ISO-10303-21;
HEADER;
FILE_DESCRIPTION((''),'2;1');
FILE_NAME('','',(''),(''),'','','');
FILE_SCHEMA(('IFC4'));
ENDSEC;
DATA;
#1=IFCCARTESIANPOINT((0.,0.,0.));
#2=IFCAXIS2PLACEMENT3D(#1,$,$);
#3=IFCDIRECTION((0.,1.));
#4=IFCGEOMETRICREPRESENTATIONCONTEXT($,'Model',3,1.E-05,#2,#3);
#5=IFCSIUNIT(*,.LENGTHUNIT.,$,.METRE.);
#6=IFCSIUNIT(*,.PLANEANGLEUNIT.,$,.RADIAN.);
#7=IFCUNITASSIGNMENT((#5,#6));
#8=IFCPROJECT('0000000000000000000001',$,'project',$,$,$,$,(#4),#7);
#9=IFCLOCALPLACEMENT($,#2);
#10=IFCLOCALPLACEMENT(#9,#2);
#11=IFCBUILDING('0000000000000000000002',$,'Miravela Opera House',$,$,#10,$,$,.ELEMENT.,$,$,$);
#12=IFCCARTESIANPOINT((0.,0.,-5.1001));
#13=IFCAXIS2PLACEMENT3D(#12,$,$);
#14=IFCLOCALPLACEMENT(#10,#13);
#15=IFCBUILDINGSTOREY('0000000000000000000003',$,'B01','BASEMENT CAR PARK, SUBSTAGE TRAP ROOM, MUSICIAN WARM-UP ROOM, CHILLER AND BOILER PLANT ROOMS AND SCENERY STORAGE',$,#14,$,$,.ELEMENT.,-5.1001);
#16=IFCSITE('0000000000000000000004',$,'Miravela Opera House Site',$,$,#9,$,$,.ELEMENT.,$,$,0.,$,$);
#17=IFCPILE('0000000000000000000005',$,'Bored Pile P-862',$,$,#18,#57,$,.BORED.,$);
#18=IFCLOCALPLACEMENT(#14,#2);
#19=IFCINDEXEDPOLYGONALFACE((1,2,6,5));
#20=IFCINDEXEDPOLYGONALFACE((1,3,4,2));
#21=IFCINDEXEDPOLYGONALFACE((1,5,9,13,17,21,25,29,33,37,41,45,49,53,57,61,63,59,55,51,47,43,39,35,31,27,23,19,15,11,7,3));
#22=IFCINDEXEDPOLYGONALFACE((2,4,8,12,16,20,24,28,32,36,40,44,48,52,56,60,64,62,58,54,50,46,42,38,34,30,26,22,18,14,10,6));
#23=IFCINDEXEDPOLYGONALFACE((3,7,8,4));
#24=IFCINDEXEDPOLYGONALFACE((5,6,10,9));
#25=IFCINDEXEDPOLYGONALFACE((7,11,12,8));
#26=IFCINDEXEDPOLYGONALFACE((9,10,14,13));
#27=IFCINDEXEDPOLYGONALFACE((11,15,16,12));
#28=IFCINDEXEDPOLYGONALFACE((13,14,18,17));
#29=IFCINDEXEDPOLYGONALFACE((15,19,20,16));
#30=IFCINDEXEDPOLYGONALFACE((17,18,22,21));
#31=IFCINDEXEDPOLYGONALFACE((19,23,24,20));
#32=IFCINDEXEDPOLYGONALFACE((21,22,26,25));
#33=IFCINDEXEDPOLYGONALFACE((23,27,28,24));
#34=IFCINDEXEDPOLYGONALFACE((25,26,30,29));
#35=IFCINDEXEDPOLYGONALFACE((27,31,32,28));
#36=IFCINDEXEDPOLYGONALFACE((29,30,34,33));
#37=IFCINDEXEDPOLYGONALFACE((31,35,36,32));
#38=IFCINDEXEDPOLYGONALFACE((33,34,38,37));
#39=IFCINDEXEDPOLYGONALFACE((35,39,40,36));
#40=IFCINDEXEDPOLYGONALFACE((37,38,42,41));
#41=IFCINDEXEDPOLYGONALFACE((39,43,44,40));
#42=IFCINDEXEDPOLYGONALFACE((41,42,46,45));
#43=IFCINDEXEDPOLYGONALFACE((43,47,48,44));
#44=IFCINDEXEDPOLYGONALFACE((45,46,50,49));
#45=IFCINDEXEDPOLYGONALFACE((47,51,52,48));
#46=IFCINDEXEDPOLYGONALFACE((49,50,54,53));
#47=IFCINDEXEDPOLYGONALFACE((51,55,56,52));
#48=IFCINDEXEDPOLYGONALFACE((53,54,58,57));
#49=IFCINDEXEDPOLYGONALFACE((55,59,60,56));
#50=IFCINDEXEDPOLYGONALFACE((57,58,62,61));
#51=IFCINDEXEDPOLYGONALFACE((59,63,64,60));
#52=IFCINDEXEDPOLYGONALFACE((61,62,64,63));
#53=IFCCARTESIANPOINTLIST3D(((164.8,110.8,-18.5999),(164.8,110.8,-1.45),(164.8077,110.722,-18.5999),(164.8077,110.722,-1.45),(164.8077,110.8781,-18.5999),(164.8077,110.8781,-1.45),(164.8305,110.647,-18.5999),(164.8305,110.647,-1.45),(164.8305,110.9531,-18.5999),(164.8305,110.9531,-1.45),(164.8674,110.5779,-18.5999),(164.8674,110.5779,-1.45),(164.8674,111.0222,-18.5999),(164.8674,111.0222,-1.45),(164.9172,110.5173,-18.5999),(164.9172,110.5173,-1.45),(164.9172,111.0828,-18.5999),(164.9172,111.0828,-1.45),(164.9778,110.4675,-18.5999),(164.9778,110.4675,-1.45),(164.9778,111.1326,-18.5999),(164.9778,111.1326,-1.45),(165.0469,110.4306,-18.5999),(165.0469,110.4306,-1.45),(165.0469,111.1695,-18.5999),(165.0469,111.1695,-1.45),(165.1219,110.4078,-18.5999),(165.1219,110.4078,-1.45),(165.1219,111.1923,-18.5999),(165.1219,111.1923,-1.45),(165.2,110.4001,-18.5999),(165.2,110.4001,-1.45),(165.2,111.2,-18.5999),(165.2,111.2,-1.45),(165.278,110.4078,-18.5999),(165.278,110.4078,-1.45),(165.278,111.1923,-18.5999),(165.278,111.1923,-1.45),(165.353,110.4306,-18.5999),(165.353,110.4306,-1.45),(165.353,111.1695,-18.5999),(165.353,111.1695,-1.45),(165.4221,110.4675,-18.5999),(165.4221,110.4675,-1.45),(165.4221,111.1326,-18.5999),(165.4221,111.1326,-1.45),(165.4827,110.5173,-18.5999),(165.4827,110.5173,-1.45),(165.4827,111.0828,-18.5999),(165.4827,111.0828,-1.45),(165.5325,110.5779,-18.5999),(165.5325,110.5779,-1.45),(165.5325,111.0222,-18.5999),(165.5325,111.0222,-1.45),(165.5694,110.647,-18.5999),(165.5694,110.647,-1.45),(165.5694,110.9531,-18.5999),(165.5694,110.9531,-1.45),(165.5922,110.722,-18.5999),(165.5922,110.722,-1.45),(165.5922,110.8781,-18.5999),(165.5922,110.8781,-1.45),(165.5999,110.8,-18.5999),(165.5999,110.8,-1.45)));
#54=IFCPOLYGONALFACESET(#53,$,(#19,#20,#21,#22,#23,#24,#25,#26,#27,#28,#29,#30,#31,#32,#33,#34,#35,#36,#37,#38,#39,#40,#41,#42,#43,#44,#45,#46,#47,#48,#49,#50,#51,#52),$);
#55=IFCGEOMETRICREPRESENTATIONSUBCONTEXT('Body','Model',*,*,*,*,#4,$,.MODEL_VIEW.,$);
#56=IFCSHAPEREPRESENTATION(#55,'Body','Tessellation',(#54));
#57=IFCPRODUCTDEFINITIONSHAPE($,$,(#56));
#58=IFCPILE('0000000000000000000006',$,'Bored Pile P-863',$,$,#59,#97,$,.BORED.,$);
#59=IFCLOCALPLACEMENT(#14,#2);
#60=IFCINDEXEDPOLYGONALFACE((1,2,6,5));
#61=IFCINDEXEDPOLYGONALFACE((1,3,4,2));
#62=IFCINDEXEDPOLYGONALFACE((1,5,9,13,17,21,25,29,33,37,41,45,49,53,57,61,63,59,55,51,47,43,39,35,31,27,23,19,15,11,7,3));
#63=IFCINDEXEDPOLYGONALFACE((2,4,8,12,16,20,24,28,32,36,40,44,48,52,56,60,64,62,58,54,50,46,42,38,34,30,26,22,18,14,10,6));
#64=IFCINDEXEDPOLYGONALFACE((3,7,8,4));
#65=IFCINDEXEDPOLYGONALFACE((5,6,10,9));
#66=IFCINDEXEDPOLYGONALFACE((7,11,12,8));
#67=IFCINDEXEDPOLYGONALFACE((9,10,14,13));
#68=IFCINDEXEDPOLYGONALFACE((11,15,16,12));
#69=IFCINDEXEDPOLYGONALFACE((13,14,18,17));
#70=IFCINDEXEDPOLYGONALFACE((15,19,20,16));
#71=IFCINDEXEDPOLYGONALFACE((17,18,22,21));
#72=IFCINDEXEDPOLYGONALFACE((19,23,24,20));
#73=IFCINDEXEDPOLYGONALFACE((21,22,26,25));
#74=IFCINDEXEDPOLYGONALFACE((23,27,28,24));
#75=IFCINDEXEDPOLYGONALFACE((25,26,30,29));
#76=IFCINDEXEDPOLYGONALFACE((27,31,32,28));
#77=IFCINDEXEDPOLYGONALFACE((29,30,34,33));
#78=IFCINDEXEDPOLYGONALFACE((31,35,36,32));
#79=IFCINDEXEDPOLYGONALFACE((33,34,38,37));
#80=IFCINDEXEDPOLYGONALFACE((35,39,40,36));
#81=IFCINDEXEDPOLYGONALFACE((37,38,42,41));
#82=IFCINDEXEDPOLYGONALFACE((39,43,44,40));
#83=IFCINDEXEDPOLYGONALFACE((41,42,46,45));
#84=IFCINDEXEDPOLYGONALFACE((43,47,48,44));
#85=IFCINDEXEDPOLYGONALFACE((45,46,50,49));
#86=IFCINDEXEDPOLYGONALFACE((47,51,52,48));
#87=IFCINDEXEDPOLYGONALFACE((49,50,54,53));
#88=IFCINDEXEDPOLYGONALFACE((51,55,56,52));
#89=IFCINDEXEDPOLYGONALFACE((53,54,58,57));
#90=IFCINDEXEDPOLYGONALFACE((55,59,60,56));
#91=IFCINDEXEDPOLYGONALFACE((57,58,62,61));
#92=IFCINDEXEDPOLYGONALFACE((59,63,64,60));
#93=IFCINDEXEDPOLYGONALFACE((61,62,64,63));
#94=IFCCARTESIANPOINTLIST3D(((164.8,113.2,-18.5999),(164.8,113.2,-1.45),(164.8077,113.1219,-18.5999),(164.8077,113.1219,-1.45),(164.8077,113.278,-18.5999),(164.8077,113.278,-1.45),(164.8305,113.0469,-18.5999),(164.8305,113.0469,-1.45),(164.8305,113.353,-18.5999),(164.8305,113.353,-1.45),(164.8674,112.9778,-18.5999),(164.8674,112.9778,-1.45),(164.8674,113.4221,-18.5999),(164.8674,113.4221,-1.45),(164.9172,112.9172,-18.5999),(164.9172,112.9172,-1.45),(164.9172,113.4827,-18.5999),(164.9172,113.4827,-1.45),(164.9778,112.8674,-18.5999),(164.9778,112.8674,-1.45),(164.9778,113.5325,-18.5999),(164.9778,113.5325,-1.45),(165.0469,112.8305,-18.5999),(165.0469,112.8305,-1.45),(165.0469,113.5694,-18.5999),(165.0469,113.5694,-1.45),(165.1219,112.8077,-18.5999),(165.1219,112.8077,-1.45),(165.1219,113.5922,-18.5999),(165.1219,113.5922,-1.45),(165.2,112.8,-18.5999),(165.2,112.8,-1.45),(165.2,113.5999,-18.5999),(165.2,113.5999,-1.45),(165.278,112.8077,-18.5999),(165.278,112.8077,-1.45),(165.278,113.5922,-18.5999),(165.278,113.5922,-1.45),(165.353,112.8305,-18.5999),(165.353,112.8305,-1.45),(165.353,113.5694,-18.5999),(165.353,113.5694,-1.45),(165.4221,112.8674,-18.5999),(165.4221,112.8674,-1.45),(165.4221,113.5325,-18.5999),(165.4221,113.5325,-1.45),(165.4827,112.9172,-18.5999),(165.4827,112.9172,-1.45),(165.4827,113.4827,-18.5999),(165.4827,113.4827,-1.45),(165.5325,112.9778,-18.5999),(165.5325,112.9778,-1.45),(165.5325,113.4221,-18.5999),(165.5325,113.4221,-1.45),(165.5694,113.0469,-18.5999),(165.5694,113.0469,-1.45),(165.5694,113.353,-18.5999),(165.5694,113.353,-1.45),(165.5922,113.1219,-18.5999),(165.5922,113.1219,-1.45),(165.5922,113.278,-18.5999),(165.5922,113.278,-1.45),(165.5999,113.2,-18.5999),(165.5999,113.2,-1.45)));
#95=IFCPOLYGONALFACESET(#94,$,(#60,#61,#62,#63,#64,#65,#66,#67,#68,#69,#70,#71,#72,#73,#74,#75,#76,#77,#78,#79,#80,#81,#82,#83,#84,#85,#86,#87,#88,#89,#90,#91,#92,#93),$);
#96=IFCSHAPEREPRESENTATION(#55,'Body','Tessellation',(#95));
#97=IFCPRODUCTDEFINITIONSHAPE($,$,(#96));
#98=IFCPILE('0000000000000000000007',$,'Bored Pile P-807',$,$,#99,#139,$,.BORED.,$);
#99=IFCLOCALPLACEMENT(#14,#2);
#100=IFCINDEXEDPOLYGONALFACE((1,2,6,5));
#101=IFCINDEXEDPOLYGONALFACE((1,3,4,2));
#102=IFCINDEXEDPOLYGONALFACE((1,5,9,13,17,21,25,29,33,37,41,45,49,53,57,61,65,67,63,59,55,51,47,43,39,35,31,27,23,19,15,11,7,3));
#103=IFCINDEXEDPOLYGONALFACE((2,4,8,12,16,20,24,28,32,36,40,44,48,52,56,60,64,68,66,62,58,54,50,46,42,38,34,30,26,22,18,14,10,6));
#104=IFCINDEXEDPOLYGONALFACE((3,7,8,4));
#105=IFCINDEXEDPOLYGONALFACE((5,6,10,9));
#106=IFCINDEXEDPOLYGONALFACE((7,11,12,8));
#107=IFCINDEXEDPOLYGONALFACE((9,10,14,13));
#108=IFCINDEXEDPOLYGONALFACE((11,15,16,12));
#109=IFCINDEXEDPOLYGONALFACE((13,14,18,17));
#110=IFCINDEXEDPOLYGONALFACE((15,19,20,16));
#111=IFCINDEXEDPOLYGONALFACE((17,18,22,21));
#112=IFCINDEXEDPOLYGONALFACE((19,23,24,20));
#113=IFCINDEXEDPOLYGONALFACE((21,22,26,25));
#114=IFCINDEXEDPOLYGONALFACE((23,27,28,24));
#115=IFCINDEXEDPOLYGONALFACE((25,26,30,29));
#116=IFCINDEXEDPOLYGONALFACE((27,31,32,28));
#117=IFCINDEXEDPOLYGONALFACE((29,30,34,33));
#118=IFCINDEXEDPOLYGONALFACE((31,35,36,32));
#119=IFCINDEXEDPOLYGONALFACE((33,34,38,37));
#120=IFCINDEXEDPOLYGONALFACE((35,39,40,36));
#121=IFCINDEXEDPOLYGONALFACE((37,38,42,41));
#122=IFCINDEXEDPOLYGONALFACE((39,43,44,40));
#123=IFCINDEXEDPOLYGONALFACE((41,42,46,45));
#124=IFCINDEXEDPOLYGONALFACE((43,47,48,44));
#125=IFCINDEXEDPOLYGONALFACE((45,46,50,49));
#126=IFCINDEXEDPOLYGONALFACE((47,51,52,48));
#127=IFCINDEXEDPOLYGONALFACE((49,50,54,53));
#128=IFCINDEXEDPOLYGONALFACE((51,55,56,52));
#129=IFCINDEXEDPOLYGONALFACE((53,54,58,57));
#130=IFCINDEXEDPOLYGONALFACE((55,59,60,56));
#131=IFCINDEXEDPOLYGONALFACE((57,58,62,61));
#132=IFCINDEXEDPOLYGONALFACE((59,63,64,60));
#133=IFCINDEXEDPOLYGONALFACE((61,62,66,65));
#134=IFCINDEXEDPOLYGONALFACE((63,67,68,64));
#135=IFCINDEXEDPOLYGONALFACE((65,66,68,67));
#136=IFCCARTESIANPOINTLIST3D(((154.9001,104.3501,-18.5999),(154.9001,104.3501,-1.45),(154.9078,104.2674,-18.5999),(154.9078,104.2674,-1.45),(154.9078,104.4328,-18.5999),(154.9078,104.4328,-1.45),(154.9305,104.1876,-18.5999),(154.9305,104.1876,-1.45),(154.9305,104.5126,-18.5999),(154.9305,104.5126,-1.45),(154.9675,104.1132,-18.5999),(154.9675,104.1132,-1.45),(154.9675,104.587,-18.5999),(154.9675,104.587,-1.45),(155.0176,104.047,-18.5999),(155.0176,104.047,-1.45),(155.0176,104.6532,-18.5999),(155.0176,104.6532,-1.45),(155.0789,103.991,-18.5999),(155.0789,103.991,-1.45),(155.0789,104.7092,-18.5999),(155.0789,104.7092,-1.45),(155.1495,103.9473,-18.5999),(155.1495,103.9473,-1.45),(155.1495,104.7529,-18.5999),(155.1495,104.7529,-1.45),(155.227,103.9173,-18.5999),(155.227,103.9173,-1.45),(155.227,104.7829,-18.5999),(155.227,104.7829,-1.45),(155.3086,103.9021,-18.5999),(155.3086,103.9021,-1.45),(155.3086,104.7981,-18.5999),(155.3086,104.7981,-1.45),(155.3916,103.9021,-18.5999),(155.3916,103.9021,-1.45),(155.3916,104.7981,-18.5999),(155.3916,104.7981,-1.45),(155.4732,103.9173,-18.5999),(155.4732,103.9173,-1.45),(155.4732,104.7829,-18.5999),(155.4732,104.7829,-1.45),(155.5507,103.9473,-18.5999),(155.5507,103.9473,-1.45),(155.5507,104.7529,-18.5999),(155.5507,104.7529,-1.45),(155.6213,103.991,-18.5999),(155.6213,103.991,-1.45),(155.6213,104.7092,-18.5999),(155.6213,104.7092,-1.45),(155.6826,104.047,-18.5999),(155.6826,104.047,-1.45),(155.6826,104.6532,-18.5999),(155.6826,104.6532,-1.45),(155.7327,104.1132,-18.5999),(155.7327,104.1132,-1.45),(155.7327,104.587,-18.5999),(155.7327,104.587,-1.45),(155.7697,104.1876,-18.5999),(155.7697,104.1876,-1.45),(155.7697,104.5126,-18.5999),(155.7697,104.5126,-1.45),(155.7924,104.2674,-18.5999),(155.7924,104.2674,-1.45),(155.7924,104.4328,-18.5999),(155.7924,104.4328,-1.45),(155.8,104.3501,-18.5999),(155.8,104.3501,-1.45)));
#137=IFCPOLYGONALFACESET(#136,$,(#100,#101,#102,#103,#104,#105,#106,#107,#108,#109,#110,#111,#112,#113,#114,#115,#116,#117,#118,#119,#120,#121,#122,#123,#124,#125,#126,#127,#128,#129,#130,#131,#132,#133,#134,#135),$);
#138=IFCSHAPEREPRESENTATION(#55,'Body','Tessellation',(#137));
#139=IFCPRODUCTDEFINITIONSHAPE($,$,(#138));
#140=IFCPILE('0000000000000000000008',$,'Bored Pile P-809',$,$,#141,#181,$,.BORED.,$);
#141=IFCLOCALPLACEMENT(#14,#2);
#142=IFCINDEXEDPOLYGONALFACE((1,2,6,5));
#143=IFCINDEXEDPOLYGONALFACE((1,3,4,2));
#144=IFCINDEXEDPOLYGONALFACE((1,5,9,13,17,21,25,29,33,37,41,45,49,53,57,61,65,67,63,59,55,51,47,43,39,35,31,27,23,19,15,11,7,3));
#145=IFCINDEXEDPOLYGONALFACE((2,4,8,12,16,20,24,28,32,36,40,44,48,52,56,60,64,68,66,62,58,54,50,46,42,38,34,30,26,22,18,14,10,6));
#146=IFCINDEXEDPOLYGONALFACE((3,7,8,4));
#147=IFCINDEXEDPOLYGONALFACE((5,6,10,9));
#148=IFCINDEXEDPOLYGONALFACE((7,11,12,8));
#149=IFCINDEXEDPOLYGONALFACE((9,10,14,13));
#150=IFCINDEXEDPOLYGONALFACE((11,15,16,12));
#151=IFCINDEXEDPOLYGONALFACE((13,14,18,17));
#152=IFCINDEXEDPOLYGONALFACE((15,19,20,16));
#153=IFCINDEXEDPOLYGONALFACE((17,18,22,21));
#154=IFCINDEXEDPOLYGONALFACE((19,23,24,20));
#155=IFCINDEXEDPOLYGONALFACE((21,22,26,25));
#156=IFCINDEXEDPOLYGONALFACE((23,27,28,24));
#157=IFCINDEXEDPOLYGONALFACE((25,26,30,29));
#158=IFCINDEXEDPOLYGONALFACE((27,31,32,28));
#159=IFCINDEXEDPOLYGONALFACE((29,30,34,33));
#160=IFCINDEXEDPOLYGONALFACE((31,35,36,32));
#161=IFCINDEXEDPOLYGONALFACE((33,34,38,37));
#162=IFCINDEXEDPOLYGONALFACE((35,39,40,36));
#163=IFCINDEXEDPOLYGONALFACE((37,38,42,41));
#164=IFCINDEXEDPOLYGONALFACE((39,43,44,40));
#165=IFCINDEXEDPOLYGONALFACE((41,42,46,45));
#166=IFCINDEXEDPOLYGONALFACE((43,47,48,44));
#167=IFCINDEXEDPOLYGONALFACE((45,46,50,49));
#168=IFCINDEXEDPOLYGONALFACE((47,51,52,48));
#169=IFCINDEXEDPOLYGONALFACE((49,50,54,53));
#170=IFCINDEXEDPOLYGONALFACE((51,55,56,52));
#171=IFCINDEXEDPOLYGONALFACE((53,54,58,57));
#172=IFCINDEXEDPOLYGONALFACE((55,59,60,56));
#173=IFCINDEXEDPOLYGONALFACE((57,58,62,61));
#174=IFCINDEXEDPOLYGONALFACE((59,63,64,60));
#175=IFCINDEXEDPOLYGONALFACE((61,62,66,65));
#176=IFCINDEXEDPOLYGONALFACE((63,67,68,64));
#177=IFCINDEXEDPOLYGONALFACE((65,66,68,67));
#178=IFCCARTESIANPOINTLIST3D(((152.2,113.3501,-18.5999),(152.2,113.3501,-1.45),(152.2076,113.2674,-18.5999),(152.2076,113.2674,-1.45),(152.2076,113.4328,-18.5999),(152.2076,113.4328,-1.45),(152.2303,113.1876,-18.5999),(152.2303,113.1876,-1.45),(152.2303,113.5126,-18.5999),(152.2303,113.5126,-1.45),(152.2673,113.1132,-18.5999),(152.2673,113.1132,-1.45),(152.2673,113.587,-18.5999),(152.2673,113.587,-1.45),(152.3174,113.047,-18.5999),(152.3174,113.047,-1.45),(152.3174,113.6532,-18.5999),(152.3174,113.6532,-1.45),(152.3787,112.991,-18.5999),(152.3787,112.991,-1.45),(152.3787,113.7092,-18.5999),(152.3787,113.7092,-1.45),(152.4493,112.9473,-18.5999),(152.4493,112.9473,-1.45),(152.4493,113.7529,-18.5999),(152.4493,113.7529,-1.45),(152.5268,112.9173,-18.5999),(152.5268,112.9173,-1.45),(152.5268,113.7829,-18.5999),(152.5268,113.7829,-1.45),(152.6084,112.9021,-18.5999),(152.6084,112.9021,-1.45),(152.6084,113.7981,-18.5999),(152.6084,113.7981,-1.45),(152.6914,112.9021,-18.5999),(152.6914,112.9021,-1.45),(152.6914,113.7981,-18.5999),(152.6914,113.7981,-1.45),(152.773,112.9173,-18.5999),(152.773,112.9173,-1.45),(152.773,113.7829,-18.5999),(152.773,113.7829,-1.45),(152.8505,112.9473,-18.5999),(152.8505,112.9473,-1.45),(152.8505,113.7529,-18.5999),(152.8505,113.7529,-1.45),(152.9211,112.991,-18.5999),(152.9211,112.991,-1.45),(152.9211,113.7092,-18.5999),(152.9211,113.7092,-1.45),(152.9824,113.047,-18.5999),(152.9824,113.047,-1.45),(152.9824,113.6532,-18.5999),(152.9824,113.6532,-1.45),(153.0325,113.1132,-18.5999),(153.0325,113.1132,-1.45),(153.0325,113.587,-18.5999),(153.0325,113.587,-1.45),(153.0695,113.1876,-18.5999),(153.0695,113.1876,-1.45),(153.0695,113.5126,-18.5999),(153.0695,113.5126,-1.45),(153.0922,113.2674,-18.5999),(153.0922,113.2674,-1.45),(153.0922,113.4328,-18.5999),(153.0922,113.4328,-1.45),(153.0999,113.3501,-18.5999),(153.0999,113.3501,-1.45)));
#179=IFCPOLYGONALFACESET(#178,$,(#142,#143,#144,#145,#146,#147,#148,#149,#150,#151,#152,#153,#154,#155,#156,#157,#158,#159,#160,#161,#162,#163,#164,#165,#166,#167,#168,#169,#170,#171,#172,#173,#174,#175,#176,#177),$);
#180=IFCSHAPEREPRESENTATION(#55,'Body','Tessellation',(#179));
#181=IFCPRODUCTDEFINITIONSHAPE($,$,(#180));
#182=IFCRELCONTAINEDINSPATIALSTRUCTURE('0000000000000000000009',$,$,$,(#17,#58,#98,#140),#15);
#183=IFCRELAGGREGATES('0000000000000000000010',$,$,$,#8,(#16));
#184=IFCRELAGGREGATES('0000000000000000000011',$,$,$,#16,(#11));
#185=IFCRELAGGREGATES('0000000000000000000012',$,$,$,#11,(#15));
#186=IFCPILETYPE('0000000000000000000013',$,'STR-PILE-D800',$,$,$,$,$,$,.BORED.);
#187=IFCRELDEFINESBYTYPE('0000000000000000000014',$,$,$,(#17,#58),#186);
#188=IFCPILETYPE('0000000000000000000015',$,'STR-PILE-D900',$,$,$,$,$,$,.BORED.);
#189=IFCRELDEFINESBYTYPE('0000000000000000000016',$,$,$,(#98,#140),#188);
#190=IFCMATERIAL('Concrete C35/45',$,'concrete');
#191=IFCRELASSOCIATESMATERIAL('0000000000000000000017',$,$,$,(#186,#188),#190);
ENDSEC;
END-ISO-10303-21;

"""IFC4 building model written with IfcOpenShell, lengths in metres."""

from ifc_helpers import new_model, si_unit, direction, frame, origin, origin_2d, place, context, subcontext, project, spatial, circle, extrude, material, material_profile, profile_set, type_object, element, save


model = new_model("IFC4")

# Units and contexts
model_context = context("Model", 3, precision=1e-05, world=origin(), true_north=direction((0.0, 1.0)))
body_context = subcontext(model_context, "Body", "Model", "MODEL_VIEW")
ifc_project = project(units=[si_unit("LENGTHUNIT", "METRE"), si_unit("PLANEANGLEUNIT", "RADIAN")], contexts=[model_context])

# Site, building, storey
site_placement = place(None, origin())
site = spatial("IfcSite", under=ifc_project, at=site_placement, Name="Miravela Opera House Site", CompositionType="ELEMENT", RefElevation=0.0)
building_placement = place(site_placement, origin())
building = spatial("IfcBuilding", under=site, at=building_placement, Name="Miravela Opera House", CompositionType="ELEMENT")
storey_placement = place(building_placement, frame((0.0, 0.0, -5.1001)))
storey = spatial("IfcBuildingStorey", under=building, at=storey_placement, Name="B01", Description="BASEMENT CAR PARK, SUBSTAGE TRAP ROOM, MUSICIAN WARM-UP ROOM, CHILLER AND BOILER PLANT ROOMS AND SCENERY STORAGE", CompositionType="ELEMENT", Elevation=-5.1001)

# Shared definitions
ifc_material_1 = material(Name="Concrete C35/45", Category="concrete")

# Piles
ifc_material_profile_1 = material_profile(ifc_material_1, circle(Radius=0.3999, at=origin_2d()), Name="PILE-D800")
ifc_profile_set_1 = profile_set([ifc_material_profile_1])
pile_type_1 = type_object("IfcPileType", Name="STR-PILE-D800", PredefinedType="BORED", material=ifc_profile_set_1)
for number, where, z_axis, x_axis, name in (
    (1, (165.2, 110.8, -1.45), (0.0, 0.0, -1.0), (1.0, 0.0, 0.0), "Bored Pile P-862"),
    (2, (165.2, 113.2, -1.45), (0.0, 0.0, -1.0), (1.0, 0.0, 0.0), "Bored Pile P-863"),
):
    element("IfcPile", number, at=place(storey_placement, frame(where, z_axis=z_axis, x_axis=x_axis)), inside=storey, type_object=pile_type_1, Name=name, PredefinedType="BORED", context=body_context, shape_type="SweptSolid", body=[
        extrude(circle(Radius=0.3999, at=origin_2d()), origin(), (0.0, 0.0, 1.0), 17.1499),
    ])
ifc_material_profile_2 = material_profile(ifc_material_1, circle(Radius=0.45, at=origin_2d()), Name="PILE-D900")
ifc_profile_set_2 = profile_set([ifc_material_profile_2])
pile_type_2 = type_object("IfcPileType", Name="STR-PILE-D900", PredefinedType="BORED", material=ifc_profile_set_2)
for number, where, z_axis, x_axis, name in (
    (3, (155.3501, 104.3501, -1.45), (0.0, 0.0, -1.0), (1.0, 0.0, 0.0), "Bored Pile P-807"),
    (4, (152.6499, 113.3501, -1.45), (0.0, 0.0, -1.0), (1.0, 0.0, 0.0), "Bored Pile P-809"),
):
    element("IfcPile", number, at=place(storey_placement, frame(where, z_axis=z_axis, x_axis=x_axis)), inside=storey, type_object=pile_type_2, Name=name, PredefinedType="BORED", context=body_context, shape_type="SweptSolid", body=[
        extrude(circle(Radius=0.45, at=origin_2d()), origin(), (0.0, 0.0, 1.0), 17.1499),
    ])

save(model, "model.ifc")
